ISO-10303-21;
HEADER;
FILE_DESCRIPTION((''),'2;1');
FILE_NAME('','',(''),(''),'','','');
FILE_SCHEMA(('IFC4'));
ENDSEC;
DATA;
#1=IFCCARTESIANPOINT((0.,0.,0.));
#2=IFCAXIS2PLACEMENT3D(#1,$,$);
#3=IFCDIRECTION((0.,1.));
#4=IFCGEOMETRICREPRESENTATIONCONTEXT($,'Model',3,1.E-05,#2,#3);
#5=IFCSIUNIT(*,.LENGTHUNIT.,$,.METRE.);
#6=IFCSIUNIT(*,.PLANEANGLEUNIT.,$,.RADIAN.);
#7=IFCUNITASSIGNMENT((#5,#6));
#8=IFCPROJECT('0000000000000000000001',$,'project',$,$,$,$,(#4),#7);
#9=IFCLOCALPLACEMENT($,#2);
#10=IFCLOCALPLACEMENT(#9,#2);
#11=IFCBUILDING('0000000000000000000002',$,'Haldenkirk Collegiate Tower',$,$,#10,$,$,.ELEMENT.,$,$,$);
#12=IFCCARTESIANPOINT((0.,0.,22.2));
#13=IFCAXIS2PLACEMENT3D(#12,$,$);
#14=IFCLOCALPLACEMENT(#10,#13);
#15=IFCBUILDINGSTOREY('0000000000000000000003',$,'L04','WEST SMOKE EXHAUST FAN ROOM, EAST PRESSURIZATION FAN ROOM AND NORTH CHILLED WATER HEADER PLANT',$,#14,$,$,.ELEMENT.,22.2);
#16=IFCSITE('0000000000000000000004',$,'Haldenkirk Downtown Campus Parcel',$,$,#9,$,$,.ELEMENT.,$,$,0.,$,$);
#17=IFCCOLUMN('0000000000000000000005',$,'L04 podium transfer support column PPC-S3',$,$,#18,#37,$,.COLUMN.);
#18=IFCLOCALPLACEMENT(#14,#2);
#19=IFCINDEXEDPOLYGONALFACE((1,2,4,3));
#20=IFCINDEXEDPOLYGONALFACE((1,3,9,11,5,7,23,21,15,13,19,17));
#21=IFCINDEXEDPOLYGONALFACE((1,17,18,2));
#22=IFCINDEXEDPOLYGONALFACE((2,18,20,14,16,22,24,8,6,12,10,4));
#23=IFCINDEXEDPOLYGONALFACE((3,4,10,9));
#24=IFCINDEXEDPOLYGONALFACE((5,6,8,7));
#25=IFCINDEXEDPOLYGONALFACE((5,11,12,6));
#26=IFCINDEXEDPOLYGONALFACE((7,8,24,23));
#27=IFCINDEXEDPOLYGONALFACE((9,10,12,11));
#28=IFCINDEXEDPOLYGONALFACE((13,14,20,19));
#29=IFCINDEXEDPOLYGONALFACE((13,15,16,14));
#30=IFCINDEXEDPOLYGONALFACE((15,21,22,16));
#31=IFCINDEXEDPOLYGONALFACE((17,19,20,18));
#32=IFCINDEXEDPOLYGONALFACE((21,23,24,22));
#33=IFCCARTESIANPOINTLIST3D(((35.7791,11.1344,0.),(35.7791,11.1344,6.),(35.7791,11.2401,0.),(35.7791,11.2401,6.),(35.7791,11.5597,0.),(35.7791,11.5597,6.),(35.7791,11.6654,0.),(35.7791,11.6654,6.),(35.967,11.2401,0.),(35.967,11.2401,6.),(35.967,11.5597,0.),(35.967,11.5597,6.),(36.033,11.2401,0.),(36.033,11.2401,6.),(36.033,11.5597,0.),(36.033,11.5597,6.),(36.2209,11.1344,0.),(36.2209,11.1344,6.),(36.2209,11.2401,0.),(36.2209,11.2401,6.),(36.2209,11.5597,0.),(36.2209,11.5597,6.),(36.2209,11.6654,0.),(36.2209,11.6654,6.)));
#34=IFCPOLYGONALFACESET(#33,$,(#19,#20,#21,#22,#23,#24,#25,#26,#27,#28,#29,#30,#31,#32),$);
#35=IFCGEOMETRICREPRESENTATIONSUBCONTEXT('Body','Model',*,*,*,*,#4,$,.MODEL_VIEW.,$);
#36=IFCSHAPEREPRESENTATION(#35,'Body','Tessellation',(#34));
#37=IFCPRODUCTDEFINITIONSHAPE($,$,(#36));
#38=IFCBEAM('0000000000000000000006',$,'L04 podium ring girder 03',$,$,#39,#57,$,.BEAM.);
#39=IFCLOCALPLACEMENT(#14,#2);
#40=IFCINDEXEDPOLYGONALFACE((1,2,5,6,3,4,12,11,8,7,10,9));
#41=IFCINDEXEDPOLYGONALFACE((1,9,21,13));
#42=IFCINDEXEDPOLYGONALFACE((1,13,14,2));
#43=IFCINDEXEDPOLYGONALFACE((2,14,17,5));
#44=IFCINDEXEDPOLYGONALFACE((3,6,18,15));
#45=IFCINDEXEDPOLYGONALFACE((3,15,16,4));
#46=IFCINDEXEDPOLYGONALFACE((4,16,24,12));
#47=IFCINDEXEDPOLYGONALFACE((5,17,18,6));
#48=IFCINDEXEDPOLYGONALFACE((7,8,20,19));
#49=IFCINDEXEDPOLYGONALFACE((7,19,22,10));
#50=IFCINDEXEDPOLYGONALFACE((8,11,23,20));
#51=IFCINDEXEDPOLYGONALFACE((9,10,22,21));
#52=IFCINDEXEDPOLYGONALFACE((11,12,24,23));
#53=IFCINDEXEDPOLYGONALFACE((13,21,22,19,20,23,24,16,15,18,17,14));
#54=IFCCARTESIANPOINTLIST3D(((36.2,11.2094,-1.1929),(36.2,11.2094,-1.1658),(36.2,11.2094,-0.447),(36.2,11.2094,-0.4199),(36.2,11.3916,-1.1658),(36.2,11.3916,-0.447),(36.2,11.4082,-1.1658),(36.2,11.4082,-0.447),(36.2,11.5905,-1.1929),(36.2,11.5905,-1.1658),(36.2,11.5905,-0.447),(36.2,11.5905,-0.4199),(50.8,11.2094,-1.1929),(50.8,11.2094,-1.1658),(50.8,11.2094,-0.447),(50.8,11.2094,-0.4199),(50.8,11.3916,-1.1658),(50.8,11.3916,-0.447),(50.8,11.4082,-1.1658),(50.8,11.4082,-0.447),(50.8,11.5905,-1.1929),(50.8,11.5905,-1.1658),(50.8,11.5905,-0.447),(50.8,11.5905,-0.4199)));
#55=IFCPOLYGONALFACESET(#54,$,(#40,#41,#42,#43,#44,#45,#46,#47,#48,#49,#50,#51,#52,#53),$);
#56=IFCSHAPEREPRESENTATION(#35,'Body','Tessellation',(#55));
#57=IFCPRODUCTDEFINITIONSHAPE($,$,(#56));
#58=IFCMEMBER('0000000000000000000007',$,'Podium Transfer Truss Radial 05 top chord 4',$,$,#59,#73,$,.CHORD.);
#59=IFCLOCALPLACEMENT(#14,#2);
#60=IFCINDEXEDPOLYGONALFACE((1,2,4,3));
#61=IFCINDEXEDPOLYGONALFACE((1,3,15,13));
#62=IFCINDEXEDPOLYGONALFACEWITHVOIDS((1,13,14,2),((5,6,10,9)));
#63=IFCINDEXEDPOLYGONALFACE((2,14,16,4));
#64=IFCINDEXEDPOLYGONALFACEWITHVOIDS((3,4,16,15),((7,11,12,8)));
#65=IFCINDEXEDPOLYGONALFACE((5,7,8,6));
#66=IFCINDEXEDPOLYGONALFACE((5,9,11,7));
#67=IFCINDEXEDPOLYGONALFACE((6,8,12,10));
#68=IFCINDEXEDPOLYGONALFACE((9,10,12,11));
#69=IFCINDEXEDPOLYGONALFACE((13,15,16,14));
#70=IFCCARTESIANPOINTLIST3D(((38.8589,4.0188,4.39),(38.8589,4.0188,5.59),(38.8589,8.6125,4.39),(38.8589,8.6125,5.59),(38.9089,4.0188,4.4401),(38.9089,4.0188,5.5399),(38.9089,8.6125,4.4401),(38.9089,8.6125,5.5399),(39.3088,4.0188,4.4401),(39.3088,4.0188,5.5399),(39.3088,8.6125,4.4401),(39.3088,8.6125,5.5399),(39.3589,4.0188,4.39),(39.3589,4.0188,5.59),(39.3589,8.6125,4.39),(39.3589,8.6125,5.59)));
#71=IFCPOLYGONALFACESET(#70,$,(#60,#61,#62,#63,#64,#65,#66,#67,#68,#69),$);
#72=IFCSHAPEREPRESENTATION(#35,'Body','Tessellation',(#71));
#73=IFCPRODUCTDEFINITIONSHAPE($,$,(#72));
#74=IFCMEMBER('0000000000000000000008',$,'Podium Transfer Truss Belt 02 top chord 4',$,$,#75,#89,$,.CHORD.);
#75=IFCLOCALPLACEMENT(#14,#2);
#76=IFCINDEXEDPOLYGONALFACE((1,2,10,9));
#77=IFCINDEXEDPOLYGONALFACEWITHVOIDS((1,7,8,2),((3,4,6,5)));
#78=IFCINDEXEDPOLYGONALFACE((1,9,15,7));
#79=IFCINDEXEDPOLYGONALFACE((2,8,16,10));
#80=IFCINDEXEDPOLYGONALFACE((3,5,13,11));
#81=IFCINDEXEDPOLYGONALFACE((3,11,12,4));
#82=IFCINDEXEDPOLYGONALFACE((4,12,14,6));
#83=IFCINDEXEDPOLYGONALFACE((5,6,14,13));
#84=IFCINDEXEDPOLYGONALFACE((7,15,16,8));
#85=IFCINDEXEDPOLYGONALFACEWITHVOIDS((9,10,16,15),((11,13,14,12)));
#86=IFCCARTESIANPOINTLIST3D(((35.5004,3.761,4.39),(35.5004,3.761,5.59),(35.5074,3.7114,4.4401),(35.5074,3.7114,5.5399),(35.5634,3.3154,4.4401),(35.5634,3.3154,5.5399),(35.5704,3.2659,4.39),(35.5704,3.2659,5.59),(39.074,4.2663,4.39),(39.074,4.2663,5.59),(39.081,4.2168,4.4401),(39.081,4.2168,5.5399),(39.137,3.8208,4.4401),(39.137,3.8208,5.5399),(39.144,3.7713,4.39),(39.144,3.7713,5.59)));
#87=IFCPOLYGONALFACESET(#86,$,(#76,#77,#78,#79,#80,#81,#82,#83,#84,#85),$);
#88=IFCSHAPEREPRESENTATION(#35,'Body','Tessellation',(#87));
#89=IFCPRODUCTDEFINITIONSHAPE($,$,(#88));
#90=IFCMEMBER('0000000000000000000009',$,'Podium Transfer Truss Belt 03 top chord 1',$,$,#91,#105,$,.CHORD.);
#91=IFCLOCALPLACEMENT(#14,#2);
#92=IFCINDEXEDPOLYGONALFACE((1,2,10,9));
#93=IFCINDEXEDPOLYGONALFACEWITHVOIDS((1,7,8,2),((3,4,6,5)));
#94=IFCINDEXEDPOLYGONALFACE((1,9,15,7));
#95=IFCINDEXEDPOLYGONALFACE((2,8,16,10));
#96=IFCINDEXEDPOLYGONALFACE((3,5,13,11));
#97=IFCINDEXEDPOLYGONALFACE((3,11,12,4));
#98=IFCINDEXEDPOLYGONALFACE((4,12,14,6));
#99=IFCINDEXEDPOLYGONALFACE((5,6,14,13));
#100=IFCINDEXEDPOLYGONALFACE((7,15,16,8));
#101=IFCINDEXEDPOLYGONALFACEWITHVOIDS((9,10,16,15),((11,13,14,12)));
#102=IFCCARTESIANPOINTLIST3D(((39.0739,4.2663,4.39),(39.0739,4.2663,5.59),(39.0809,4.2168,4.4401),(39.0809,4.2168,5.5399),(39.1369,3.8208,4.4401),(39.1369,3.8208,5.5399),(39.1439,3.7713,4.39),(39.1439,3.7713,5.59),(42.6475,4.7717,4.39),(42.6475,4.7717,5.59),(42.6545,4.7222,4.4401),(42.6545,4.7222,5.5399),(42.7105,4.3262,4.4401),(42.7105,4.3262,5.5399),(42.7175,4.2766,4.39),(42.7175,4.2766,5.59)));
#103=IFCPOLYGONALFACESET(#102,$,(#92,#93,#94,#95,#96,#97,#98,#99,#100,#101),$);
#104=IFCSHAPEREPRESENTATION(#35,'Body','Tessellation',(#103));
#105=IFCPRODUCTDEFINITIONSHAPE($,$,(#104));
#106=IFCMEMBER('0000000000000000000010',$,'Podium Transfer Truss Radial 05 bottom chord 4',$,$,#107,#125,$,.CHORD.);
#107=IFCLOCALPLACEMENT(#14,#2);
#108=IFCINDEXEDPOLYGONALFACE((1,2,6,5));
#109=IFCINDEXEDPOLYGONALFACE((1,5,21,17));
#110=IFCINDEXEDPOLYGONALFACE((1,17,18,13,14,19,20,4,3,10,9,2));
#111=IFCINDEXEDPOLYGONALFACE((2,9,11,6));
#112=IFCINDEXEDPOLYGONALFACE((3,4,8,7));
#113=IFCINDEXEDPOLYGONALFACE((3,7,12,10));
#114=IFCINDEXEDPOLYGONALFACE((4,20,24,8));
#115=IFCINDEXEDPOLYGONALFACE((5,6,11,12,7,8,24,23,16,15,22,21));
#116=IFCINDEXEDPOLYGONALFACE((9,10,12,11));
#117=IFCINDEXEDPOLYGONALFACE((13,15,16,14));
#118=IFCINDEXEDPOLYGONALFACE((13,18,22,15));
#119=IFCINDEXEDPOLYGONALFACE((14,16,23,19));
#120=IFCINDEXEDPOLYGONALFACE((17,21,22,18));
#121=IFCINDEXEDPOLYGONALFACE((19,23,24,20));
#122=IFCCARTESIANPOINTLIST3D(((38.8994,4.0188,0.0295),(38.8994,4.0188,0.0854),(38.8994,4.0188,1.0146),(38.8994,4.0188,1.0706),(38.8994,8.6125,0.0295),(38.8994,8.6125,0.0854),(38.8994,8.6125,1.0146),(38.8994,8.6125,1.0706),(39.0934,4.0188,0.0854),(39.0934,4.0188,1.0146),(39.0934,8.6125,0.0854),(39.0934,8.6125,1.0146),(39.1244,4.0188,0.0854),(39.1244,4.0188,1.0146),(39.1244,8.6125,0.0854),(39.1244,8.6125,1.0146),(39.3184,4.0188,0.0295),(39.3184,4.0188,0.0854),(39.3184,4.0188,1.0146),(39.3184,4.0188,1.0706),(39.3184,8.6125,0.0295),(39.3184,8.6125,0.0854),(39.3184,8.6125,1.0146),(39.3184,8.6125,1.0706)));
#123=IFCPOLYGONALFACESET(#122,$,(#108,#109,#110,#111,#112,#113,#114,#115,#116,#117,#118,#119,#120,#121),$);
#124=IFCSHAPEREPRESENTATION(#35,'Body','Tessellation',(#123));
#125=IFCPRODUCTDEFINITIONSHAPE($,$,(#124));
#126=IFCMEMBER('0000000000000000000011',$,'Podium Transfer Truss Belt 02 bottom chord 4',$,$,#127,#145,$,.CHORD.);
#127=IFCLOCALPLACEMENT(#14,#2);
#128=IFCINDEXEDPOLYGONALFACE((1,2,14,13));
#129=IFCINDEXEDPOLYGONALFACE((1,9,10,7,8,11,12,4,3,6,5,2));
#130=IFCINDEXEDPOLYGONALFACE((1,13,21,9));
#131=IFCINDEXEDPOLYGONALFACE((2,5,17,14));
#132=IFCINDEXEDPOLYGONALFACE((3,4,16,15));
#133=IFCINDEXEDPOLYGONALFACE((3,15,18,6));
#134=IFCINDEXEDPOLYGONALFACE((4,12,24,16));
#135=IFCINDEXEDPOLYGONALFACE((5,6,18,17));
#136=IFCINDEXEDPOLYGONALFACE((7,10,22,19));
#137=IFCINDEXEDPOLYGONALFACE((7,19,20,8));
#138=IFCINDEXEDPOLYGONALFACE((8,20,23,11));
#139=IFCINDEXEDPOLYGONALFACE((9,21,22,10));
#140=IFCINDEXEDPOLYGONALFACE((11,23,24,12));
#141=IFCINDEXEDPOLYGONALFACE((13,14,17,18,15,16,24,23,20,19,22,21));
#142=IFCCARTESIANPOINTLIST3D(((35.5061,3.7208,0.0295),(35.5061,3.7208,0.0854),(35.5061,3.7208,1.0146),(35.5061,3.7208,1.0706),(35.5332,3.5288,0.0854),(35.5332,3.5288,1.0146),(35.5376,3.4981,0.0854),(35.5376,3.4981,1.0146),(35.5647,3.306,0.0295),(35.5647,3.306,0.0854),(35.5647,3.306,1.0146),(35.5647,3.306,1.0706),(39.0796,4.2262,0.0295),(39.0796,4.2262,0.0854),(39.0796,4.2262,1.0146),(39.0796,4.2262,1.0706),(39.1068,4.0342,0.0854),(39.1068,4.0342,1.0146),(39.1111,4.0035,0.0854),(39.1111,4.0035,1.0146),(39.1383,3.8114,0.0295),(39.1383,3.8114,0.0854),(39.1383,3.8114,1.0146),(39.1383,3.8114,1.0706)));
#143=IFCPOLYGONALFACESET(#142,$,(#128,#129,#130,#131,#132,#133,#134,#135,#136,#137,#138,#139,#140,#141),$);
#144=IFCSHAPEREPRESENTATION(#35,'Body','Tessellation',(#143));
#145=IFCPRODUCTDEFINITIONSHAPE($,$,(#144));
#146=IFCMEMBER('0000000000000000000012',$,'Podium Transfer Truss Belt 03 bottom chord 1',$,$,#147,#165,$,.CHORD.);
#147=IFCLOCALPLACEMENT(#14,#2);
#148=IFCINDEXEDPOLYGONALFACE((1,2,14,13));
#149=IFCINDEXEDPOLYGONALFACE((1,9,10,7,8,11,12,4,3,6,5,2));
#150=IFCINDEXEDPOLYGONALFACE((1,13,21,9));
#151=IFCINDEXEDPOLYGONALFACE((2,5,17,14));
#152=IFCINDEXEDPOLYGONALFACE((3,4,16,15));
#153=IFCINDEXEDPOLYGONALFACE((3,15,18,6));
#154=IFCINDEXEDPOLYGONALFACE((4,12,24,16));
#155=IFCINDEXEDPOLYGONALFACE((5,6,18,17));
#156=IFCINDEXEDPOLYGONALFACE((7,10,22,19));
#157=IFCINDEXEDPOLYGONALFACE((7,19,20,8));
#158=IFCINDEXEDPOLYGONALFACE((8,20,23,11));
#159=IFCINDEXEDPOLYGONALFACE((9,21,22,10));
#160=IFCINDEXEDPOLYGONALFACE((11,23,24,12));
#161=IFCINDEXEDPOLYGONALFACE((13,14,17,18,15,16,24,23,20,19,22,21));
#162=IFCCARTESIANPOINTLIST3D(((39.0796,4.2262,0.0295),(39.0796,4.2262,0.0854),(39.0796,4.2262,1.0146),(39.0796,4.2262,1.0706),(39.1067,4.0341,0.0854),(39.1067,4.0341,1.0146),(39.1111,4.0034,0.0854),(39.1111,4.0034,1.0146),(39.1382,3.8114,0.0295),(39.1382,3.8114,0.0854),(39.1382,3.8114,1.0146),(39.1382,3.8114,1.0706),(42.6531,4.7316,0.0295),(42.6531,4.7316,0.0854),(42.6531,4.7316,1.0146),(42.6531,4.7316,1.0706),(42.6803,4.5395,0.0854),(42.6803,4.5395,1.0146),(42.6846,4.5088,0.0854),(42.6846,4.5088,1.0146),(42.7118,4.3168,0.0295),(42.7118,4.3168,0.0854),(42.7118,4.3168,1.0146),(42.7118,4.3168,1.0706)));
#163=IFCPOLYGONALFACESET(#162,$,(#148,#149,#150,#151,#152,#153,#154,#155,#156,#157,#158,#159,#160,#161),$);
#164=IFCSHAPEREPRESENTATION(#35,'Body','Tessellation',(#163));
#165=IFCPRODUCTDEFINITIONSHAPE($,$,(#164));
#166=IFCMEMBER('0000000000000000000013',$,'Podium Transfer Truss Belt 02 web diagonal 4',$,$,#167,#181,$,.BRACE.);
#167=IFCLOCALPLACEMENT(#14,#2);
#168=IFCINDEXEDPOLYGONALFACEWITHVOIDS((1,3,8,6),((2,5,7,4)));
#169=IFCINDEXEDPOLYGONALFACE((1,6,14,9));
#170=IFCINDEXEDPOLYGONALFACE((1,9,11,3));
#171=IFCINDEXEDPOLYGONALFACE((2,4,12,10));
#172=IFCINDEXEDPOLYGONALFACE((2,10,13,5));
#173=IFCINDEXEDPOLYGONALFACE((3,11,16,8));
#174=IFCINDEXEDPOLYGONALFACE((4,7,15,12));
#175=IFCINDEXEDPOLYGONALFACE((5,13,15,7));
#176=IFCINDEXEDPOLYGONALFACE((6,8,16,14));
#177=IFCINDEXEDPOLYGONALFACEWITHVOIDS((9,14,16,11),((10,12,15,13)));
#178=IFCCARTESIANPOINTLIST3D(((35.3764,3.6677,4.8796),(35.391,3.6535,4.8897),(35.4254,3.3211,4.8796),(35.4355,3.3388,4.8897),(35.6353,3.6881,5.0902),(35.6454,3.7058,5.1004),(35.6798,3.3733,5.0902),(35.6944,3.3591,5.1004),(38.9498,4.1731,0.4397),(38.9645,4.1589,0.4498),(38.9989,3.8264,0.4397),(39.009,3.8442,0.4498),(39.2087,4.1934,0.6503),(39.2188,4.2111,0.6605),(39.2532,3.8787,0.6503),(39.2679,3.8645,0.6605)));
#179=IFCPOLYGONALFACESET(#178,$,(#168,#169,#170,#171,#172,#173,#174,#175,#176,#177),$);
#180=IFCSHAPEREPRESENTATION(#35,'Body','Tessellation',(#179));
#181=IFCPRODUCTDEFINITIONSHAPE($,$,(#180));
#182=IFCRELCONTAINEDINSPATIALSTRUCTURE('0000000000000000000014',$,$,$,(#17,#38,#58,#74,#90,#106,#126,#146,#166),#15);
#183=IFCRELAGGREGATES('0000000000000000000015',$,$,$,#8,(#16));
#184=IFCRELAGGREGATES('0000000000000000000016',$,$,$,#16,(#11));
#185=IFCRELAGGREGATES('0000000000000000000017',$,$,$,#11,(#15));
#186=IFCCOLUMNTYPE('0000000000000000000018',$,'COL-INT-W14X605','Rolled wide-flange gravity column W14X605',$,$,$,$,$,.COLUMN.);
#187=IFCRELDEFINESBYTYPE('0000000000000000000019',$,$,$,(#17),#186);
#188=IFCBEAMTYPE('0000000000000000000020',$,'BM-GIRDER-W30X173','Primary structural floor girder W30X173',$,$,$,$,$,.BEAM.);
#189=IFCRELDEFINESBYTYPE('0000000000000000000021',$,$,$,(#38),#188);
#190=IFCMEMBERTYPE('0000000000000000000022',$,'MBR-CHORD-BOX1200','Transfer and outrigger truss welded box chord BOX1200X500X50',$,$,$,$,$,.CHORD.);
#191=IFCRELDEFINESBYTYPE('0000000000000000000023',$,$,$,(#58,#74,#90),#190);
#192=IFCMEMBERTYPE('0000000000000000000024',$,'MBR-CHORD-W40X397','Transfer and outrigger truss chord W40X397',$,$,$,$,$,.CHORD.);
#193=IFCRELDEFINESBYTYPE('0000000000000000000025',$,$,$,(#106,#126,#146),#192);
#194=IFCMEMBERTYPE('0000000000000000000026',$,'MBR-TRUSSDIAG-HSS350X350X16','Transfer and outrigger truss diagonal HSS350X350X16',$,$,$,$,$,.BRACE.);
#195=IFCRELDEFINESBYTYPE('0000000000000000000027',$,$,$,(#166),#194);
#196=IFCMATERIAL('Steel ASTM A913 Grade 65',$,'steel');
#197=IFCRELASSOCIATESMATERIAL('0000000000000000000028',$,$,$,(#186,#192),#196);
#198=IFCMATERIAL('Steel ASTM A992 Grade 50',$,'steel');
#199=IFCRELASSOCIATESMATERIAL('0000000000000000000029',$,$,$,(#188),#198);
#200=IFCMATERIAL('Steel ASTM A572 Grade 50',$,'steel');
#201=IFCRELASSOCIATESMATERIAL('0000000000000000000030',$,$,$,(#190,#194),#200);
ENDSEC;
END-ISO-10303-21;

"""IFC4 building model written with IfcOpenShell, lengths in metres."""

from ifc_helpers import new_model, si_unit, direction, frame, origin, origin_2d, place, context, subcontext, project, spatial, hollow_rectangle, i_section, extrude, material, material_profile, profile_set, type_object, element, save


model = new_model("IFC4")

# Units and contexts
model_context = context("Model", 3, precision=1e-05, world=origin(), true_north=direction((0.0, 1.0)))
body_context = subcontext(model_context, "Body", "Model", "MODEL_VIEW")
ifc_project = project(units=[si_unit("LENGTHUNIT", "METRE"), si_unit("PLANEANGLEUNIT", "RADIAN")], contexts=[model_context])

# Site, building, storey
site_placement = place(None, origin())
site = spatial("IfcSite", under=ifc_project, at=site_placement, Name="Haldenkirk Downtown Campus Parcel", CompositionType="ELEMENT", RefElevation=0.0)
building_placement = place(site_placement, origin())
building = spatial("IfcBuilding", under=site, at=building_placement, Name="Haldenkirk Collegiate Tower", CompositionType="ELEMENT")
storey_placement = place(building_placement, frame((0.0, 0.0, 22.2)))
storey = spatial("IfcBuildingStorey", under=building, at=storey_placement, Name="L04", Description="WEST SMOKE EXHAUST FAN ROOM, EAST PRESSURIZATION FAN ROOM AND NORTH CHILLED WATER HEADER PLANT", CompositionType="ELEMENT", Elevation=22.2)

# Column
ifc_material_1 = material(Name="Steel ASTM A913 Grade 65", Category="steel")
ifc_material_profile_1 = material_profile(ifc_material_1, i_section(OverallWidth=0.4419, OverallDepth=0.531, WebThickness=0.0659, FlangeThickness=0.1057, at=origin_2d()), Name="W14X605")
ifc_profile_set_1 = profile_set([ifc_material_profile_1], Name="Steel ASTM A913 Grade 65")
column_type = type_object("IfcColumnType", Name="COL-INT-W14X605", Description="Rolled wide-flange gravity column W14X605", PredefinedType="COLUMN", material=ifc_profile_set_1)
column_placement = place(storey_placement, frame((36.0, 11.3999, 0.0), z_axis=(0.0, 0.0, 1.0), x_axis=(1.0, 0.0, 0.0)))
element("IfcColumn", 1, at=column_placement, inside=storey, type_object=column_type, Name="L04 podium transfer support column PPC-S3", PredefinedType="COLUMN", context=body_context, shape_type="SweptSolid", body=[
    extrude(i_section(OverallWidth=0.4419, OverallDepth=0.531, WebThickness=0.0659, FlangeThickness=0.1057, at=origin_2d()), origin(), (0.0, 0.0, 1.0), 6.0),
])

# Beam
ifc_material_2 = material(Name="Steel ASTM A992 Grade 50", Category="steel")
ifc_material_profile_2 = material_profile(ifc_material_2, i_section(OverallWidth=0.3811, OverallDepth=0.7729, WebThickness=0.0166, FlangeThickness=0.0271, at=origin_2d()), Name="W30X173")
ifc_profile_set_2 = profile_set([ifc_material_profile_2], Name="Steel ASTM A992 Grade 50")
beam_type = type_object("IfcBeamType", Name="BM-GIRDER-W30X173", Description="Primary structural floor girder W30X173", PredefinedType="BEAM", material=ifc_profile_set_2)
beam_placement = place(storey_placement, frame((36.2, 11.3999, -0.8064), z_axis=(1.0, 0.0, 0.0), x_axis=(0.0, 1.0, 0.0)))
element("IfcBeam", 2, at=beam_placement, inside=storey, type_object=beam_type, Name="L04 podium ring girder 03", PredefinedType="BEAM", context=body_context, shape_type="SweptSolid", body=[
    extrude(i_section(OverallWidth=0.3811, OverallDepth=0.7729, WebThickness=0.0166, FlangeThickness=0.0271, at=origin_2d()), origin(), (0.0, 0.0, 1.0), 14.6001),
])

# Members
ifc_material_3 = material(Name="Steel ASTM A572 Grade 50", Category="steel")
ifc_material_profile_3 = material_profile(ifc_material_3, hollow_rectangle(XDim=0.5, YDim=1.2, WallThickness=0.05, at=origin_2d()), Name="BOX1200X500X50")
ifc_profile_set_3 = profile_set([ifc_material_profile_3], Name="Steel ASTM A572 Grade 50")
member_type_1 = type_object("IfcMemberType", Name="MBR-CHORD-BOX1200", Description="Transfer and outrigger truss welded box chord BOX1200X500X50", PredefinedType="CHORD", material=ifc_profile_set_3)
member_1_placement = place(storey_placement, frame((39.1089, 8.6125, 4.99), z_axis=(0.0, -1.0, 0.0), x_axis=(1.0, 0.0, 0.0)))
element("IfcMember", 3, at=member_1_placement, inside=storey, type_object=member_type_1, Name="Podium Transfer Truss Radial 05 top chord 4", PredefinedType="CHORD", context=body_context, shape_type="SweptSolid", body=[
    extrude(hollow_rectangle(XDim=0.5, YDim=1.2, WallThickness=0.05, at=origin_2d()), origin(), (0.0, 0.0, 1.0), 4.5938),
])
for number, where, z_axis, x_axis, name in (
    (4, (35.5354, 3.5134, 4.99), (0.990147, 0.140029, 0.0), (-0.140029, 0.990147, 0.0), "Podium Transfer Truss Belt 02 top chord 4"),
    (5, (39.1089, 4.0188, 4.99), (0.990147, 0.140029, 0.0), (-0.140029, 0.990147, 0.0), "Podium Transfer Truss Belt 03 top chord 1"),
):
    element("IfcMember", number, at=place(storey_placement, frame(where, z_axis=z_axis, x_axis=x_axis)), inside=storey, type_object=member_type_1, Name=name, PredefinedType="CHORD", context=body_context, shape_type="SweptSolid", body=[
        extrude(hollow_rectangle(XDim=0.5, YDim=1.2, WallThickness=0.05, at=origin_2d()), origin(), (0.0, 0.0, 1.0), 3.6091),
    ])
ifc_material_profile_4 = material_profile(ifc_material_1, i_section(OverallWidth=0.4189, OverallDepth=1.041, WebThickness=0.031, FlangeThickness=0.0559, at=origin_2d()), Name="W40X397")
ifc_profile_set_4 = profile_set([ifc_material_profile_4], Name="Steel ASTM A913 Grade 65")
member_type_2 = type_object("IfcMemberType", Name="MBR-CHORD-W40X397", Description="Transfer and outrigger truss chord W40X397", PredefinedType="CHORD", material=ifc_profile_set_4)
member_2_placement = place(storey_placement, frame((39.1089, 8.6125, 0.55), z_axis=(0.0, -1.0, 0.0), x_axis=(1.0, 0.0, 0.0)))
element("IfcMember", 6, at=member_2_placement, inside=storey, type_object=member_type_2, Name="Podium Transfer Truss Radial 05 bottom chord 4", PredefinedType="CHORD", context=body_context, shape_type="SweptSolid", body=[
    extrude(i_section(OverallWidth=0.4189, OverallDepth=1.041, WebThickness=0.031, FlangeThickness=0.0559, at=origin_2d()), origin(), (0.0, 0.0, 1.0), 4.5938),
])
for number, where, z_axis, x_axis, name in (
    (7, (35.5354, 3.5134, 0.55), (0.990147, 0.140029, 0.0), (-0.140029, 0.990147, 0.0), "Podium Transfer Truss Belt 02 bottom chord 4"),
    (8, (39.1089, 4.0188, 0.55), (0.990147, 0.140029, 0.0), (-0.140029, 0.990147, 0.0), "Podium Transfer Truss Belt 03 bottom chord 1"),
):
    element("IfcMember", number, at=place(storey_placement, frame(where, z_axis=z_axis, x_axis=x_axis)), inside=storey, type_object=member_type_2, Name=name, PredefinedType="CHORD", context=body_context, shape_type="SweptSolid", body=[
        extrude(i_section(OverallWidth=0.4189, OverallDepth=1.041, WebThickness=0.031, FlangeThickness=0.0559, at=origin_2d()), origin(), (0.0, 0.0, 1.0), 3.6091),
    ])
ifc_material_profile_5 = material_profile(ifc_material_3, hollow_rectangle(XDim=0.3501, YDim=0.3501, WallThickness=0.0161, at=origin_2d()), Name="HSS350X350X16")
ifc_profile_set_5 = profile_set([ifc_material_profile_5], Name="Steel ASTM A572 Grade 50")
member_type_3 = type_object("IfcMemberType", Name="MBR-TRUSSDIAG-HSS350X350X16", Description="Transfer and outrigger truss diagonal HSS350X350X16", PredefinedType="BRACE", material=ifc_profile_set_5)
for number, where, z_axis, x_axis, name in (
    (9, (35.5354, 3.5134, 4.99), (0.624546, 0.088325, -0.775978), (-0.140029, 0.990147, 0.0), "Podium Transfer Truss Belt 02 web diagonal 4"),
):
    element("IfcMember", number, at=place(storey_placement, frame(where, z_axis=z_axis, x_axis=x_axis)), inside=storey, type_object=member_type_3, Name=name, PredefinedType="BRACE", context=body_context, shape_type="SweptSolid", body=[
        extrude(hollow_rectangle(XDim=0.3501, YDim=0.3501, WallThickness=0.0161, at=origin_2d()), origin(), (0.0, 0.0, 1.0), 5.7217),
    ])

save(model, "model.ifc")
